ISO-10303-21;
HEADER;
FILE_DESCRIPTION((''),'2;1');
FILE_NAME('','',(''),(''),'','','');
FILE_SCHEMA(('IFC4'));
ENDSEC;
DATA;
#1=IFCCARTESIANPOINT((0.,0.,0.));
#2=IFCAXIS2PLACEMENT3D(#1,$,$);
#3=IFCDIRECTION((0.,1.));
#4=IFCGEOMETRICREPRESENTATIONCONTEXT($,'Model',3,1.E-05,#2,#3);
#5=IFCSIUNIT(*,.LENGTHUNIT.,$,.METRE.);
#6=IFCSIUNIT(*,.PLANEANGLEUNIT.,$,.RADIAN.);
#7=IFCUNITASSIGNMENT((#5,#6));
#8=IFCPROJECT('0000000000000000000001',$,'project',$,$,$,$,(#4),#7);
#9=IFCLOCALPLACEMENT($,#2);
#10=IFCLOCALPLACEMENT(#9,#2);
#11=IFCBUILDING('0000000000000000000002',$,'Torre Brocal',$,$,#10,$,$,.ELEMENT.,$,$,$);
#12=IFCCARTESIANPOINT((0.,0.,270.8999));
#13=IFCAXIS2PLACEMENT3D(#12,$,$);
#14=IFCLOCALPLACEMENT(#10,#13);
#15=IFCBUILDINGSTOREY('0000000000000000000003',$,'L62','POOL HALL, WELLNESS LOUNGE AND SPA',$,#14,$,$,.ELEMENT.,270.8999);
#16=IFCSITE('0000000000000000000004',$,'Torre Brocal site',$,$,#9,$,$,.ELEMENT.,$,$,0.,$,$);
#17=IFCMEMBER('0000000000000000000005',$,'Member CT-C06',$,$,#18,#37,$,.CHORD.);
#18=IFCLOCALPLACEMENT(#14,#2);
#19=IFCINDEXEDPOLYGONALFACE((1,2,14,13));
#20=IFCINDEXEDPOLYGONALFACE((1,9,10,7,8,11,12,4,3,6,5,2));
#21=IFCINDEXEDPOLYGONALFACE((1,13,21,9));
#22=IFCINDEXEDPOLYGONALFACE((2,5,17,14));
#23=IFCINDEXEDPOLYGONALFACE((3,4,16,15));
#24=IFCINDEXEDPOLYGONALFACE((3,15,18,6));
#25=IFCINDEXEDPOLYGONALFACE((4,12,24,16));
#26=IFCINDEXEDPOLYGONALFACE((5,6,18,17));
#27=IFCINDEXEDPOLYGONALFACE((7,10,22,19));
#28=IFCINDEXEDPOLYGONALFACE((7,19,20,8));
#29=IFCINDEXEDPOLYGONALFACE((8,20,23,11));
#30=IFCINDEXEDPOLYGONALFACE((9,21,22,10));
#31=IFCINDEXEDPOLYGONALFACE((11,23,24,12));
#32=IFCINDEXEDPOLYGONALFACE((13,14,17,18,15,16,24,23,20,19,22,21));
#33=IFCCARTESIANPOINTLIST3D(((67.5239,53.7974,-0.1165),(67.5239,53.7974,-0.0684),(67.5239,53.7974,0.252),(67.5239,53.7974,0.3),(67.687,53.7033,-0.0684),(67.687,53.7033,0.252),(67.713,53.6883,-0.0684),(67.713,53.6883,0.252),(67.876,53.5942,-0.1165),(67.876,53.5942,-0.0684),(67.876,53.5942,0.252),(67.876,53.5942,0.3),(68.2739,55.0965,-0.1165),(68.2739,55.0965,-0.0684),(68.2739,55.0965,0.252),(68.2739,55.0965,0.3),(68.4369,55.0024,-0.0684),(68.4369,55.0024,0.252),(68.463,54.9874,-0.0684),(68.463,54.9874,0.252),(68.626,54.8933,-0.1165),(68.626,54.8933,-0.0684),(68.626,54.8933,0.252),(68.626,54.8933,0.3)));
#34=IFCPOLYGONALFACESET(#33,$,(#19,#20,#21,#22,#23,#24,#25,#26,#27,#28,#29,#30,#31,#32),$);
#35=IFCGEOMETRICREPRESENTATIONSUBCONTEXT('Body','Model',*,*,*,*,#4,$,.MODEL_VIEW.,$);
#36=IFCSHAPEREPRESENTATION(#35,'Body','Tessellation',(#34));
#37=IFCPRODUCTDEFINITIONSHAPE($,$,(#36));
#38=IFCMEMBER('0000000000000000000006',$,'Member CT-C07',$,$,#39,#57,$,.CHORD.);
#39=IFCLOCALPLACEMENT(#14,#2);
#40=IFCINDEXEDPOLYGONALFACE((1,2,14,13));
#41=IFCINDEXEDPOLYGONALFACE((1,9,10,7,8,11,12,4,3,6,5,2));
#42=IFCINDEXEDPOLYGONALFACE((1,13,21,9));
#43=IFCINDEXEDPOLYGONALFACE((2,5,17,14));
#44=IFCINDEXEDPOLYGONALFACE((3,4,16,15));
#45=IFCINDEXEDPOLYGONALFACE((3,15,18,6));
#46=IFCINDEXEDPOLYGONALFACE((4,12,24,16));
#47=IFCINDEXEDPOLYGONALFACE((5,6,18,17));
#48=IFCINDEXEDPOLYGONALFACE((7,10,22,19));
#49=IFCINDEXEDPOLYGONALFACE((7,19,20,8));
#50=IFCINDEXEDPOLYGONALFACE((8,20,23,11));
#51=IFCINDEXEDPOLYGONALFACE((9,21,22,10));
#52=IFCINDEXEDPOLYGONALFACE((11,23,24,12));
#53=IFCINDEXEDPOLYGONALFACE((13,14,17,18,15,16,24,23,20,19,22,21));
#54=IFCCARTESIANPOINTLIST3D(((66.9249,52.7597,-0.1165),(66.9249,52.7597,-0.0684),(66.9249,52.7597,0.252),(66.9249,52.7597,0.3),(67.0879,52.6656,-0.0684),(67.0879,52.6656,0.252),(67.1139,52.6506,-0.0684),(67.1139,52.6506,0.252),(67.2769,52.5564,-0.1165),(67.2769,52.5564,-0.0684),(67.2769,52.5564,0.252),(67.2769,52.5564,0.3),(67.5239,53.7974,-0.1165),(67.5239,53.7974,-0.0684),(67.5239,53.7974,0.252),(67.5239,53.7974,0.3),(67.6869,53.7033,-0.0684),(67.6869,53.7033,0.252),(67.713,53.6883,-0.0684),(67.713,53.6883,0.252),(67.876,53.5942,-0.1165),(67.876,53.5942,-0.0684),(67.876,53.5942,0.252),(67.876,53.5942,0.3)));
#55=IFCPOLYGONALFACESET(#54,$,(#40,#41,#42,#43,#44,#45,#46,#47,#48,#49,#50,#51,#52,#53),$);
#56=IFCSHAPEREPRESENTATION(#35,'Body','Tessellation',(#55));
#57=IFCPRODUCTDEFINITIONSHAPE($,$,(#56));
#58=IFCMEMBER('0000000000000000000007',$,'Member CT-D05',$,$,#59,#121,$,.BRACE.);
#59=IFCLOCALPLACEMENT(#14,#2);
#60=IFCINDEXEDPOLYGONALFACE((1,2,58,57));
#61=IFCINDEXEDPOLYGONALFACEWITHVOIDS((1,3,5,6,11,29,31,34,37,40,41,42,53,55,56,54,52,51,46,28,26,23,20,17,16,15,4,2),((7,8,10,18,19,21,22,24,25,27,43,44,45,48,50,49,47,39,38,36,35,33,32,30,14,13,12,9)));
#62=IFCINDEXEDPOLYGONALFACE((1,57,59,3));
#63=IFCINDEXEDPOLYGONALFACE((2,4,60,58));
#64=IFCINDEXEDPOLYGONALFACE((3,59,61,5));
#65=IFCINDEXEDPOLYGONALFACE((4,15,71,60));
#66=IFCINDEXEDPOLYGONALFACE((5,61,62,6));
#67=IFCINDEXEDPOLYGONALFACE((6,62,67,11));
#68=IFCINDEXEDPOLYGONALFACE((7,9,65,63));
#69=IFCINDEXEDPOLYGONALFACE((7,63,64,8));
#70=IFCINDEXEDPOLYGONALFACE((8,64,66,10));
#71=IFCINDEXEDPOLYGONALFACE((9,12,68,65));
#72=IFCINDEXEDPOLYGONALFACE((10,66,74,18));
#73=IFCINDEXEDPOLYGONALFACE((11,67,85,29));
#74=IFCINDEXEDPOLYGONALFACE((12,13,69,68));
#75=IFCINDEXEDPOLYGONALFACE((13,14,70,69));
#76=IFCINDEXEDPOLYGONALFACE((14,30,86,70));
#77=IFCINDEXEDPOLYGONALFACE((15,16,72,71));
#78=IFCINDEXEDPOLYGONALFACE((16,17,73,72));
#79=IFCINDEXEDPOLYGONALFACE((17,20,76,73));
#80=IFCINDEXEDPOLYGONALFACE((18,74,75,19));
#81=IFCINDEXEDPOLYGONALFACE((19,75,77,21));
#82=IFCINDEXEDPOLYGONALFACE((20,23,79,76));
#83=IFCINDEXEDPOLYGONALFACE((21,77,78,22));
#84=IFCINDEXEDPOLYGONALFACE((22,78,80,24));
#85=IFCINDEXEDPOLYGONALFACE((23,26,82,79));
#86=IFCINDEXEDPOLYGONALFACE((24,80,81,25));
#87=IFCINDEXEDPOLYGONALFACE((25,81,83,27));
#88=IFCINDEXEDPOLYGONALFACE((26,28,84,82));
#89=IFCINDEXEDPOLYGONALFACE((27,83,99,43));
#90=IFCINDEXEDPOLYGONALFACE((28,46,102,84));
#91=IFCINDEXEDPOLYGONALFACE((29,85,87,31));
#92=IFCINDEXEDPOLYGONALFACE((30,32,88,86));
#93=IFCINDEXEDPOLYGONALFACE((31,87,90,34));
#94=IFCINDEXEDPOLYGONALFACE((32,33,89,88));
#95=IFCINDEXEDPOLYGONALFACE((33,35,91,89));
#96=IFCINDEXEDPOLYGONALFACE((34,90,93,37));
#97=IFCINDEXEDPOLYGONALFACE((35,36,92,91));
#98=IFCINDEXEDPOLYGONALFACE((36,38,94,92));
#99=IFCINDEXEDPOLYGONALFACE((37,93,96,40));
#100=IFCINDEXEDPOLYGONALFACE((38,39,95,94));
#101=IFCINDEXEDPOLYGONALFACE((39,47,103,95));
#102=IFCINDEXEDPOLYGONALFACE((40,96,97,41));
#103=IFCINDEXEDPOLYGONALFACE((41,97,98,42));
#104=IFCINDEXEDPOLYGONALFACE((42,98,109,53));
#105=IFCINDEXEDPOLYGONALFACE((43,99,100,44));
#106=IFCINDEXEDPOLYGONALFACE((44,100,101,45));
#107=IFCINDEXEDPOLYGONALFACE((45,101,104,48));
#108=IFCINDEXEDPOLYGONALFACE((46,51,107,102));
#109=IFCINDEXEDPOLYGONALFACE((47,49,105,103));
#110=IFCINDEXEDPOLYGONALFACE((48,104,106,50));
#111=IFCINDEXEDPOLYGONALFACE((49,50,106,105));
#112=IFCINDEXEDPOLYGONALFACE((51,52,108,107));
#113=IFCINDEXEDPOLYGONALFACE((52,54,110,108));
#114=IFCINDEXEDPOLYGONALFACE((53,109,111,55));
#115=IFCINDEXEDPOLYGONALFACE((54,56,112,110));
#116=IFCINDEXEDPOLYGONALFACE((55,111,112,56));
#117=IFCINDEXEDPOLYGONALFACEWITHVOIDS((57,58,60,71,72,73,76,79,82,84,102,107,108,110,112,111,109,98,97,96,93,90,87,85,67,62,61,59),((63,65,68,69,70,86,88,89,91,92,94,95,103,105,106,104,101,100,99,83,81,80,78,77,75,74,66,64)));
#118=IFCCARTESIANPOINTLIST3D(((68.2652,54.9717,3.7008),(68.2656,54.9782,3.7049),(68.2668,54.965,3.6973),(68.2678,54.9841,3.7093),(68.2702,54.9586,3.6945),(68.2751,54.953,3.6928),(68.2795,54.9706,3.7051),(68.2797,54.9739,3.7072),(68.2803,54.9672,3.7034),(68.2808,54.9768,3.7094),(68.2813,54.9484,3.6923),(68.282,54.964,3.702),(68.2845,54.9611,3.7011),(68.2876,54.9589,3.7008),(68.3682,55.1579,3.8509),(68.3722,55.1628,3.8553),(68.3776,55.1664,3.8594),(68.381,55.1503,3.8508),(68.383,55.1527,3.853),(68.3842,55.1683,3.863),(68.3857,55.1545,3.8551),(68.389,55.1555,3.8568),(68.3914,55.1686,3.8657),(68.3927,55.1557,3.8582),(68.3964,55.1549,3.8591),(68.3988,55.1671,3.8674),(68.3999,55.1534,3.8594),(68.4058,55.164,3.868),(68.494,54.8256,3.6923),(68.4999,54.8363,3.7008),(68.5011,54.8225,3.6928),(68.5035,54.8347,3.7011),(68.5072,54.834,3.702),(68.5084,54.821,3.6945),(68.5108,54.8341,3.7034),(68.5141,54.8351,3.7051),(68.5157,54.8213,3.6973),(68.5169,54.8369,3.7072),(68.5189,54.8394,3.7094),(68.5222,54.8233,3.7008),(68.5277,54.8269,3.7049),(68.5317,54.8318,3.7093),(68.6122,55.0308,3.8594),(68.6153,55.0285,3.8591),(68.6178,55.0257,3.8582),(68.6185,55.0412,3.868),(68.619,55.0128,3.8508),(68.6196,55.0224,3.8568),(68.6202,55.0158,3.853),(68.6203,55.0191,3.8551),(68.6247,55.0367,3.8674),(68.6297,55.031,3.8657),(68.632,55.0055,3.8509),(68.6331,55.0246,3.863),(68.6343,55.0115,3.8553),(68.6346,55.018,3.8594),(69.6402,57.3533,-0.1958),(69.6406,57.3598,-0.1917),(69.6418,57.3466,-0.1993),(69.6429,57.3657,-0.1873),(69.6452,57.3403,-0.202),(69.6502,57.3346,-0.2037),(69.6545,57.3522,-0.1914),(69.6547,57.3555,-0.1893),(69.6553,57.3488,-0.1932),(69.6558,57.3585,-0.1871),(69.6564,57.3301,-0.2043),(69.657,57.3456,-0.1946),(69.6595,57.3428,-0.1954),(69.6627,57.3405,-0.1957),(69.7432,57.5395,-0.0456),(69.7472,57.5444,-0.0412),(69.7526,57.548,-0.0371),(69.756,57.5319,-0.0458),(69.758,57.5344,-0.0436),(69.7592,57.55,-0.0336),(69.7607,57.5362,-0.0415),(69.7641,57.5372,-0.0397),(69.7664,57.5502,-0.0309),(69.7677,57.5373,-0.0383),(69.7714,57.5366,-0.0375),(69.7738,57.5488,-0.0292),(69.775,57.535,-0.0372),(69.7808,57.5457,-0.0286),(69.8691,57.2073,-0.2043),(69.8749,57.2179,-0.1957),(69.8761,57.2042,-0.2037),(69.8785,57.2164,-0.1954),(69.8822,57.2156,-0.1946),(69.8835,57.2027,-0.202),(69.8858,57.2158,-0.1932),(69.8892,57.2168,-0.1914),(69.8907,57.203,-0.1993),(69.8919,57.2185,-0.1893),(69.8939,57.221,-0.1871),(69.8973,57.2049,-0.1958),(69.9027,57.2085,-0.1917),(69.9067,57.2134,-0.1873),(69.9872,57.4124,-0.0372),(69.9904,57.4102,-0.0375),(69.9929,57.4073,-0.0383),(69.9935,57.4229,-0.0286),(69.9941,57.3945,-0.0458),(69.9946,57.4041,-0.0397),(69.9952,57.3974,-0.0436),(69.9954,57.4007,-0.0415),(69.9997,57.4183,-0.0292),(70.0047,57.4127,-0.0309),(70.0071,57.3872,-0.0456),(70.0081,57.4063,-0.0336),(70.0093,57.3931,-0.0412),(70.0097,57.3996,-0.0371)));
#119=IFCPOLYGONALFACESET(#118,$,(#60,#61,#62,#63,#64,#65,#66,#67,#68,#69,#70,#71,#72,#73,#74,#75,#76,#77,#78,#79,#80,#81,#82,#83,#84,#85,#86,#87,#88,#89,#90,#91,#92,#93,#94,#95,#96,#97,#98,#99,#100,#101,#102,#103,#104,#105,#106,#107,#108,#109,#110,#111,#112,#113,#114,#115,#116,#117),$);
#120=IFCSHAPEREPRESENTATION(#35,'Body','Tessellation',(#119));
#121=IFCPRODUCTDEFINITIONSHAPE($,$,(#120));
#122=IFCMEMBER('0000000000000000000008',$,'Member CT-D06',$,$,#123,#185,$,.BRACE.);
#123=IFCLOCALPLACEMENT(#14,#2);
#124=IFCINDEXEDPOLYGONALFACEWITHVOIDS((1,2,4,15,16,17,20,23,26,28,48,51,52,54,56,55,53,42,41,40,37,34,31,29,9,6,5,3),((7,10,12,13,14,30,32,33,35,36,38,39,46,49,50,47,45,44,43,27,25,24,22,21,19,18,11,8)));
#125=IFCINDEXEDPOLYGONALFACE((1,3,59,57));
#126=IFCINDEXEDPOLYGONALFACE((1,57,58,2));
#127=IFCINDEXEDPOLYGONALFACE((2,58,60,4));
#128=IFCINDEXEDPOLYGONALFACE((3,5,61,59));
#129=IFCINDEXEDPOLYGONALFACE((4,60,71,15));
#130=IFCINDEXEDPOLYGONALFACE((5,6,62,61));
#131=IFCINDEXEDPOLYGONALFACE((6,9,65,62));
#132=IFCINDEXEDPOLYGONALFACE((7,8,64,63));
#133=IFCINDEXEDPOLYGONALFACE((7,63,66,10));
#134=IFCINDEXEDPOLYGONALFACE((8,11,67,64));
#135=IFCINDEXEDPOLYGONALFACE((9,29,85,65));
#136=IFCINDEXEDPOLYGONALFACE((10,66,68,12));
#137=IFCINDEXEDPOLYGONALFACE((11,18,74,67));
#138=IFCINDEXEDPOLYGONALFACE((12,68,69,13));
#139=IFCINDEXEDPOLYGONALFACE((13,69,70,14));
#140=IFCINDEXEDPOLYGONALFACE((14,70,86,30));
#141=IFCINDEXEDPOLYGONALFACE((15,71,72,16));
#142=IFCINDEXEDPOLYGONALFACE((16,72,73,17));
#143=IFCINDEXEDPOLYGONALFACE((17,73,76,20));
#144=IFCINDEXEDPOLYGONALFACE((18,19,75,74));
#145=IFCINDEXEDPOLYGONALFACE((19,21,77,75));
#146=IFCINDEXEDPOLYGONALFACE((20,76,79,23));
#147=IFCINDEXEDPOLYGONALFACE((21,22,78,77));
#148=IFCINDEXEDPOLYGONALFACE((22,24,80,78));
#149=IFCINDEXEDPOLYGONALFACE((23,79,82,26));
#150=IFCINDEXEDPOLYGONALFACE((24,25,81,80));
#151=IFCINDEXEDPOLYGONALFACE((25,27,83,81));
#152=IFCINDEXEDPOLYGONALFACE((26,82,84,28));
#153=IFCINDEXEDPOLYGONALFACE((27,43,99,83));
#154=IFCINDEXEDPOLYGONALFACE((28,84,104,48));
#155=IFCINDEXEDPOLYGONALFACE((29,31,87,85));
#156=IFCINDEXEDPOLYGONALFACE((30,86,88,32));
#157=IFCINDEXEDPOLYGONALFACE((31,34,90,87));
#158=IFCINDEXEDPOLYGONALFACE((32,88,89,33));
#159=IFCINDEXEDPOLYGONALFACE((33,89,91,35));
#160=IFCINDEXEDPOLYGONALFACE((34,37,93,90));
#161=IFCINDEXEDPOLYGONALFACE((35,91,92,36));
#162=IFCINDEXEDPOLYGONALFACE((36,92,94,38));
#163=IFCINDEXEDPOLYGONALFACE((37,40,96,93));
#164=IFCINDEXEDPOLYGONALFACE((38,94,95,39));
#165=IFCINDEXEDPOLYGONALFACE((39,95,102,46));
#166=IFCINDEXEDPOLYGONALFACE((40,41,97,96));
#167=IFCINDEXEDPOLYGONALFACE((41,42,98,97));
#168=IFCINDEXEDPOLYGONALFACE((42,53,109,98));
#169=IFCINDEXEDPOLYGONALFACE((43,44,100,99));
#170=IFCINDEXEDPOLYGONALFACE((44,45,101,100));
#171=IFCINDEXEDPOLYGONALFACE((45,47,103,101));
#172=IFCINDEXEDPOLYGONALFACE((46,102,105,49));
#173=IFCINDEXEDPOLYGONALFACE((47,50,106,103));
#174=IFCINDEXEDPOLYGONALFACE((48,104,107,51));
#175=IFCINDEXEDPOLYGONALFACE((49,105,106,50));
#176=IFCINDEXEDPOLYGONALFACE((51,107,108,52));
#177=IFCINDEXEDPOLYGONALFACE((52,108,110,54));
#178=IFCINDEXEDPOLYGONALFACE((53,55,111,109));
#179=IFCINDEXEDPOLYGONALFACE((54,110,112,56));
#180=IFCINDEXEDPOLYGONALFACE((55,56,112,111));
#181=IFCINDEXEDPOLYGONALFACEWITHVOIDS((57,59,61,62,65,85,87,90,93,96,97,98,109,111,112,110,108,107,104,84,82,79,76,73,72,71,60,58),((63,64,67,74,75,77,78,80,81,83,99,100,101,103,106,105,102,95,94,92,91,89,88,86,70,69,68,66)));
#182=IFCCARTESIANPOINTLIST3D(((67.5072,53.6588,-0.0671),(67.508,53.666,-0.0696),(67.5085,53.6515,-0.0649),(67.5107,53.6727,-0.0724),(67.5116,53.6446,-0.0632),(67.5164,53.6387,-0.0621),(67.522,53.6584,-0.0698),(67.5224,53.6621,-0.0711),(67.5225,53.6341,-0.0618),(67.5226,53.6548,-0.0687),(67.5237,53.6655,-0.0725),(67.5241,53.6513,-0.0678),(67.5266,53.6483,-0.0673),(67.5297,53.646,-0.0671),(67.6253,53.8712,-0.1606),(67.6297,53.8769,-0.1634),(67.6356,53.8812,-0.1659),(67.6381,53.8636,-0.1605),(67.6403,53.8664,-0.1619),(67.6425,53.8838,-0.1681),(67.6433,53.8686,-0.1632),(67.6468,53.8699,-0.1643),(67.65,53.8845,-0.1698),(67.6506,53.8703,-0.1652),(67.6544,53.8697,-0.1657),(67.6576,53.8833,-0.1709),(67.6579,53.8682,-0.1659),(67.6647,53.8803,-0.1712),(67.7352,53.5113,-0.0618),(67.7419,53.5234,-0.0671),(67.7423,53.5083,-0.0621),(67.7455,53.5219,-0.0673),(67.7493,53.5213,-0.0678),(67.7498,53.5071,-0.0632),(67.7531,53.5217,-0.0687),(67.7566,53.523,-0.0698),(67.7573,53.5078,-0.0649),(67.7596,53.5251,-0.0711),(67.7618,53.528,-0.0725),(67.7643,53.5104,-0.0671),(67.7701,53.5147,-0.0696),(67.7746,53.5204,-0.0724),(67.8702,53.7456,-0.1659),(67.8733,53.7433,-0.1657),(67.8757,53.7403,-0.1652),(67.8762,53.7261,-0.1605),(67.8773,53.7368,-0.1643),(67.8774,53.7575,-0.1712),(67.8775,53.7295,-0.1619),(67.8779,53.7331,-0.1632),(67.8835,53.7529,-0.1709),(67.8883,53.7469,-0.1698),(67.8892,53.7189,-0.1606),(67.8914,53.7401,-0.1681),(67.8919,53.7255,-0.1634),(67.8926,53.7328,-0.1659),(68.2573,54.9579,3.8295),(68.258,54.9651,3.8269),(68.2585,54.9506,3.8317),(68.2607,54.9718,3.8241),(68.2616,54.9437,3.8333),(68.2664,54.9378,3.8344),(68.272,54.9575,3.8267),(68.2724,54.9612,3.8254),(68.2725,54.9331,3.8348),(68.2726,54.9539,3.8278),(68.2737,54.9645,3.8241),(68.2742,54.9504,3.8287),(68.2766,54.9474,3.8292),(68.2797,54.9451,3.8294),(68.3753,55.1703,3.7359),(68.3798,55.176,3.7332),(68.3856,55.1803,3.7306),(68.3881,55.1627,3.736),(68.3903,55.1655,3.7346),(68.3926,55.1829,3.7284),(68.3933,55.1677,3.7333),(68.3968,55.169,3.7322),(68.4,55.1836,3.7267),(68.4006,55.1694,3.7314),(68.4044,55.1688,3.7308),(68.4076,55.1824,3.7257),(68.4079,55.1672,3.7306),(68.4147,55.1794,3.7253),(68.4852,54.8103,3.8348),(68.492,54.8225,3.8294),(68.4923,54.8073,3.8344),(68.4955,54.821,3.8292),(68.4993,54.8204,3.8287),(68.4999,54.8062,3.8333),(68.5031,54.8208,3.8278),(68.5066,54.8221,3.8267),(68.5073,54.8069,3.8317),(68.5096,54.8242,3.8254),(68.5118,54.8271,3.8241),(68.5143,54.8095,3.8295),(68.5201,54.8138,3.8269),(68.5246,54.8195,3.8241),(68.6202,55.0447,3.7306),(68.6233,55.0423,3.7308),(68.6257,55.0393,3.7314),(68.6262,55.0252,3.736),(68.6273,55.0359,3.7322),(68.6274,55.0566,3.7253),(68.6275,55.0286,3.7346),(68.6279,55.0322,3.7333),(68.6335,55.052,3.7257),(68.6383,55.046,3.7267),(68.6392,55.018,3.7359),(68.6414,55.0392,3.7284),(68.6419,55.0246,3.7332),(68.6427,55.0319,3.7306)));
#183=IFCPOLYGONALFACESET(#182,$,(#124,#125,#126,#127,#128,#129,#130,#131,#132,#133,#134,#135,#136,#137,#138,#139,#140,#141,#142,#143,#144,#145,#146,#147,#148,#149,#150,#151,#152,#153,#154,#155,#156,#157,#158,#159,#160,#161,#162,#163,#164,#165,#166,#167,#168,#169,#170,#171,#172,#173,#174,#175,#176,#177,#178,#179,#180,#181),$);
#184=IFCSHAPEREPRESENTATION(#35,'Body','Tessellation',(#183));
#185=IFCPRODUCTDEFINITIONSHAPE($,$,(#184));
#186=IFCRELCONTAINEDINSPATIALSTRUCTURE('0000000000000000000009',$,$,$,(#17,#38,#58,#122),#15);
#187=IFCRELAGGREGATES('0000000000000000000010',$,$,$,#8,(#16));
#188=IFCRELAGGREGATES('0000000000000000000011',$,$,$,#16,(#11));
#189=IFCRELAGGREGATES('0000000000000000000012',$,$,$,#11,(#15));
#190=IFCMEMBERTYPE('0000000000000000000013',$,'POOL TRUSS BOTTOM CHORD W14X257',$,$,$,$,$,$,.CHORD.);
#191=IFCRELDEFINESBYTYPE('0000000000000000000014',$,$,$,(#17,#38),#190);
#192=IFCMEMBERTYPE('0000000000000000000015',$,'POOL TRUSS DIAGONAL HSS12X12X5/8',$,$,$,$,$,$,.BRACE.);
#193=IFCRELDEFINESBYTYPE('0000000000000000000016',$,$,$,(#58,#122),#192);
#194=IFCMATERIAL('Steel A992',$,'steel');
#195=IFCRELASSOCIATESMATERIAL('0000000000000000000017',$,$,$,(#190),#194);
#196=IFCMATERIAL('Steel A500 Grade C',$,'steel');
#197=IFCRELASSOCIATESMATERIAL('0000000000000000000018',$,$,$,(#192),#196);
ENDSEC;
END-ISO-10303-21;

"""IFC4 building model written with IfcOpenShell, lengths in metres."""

from ifc_helpers import new_model, si_unit, direction, frame, origin, origin_2d, place, context, subcontext, project, spatial, hollow_rectangle, i_section, extrude, material, material_profile, profile_set, type_object, element, save


model = new_model("IFC4")

# Units and contexts
model_context = context("Model", 3, precision=1e-05, world=origin(), true_north=direction((0.0, 1.0)))
body_context = subcontext(model_context, "Body", "Model", "MODEL_VIEW")
ifc_project = project(units=[si_unit("LENGTHUNIT", "METRE"), si_unit("PLANEANGLEUNIT", "RADIAN")], contexts=[model_context])

# Site, building, storey
site_placement = place(None, origin())
site = spatial("IfcSite", under=ifc_project, at=site_placement, Name="Torre Brocal site", CompositionType="ELEMENT", RefElevation=0.0)
building_placement = place(site_placement, origin())
building = spatial("IfcBuilding", under=site, at=building_placement, Name="Torre Brocal", CompositionType="ELEMENT")
storey_placement = place(building_placement, frame((0.0, 0.0, 270.8999)))
storey = spatial("IfcBuildingStorey", under=building, at=storey_placement, Name="L62", Description="POOL HALL, WELLNESS LOUNGE AND SPA", CompositionType="ELEMENT", Elevation=270.8999)

# Members
ifc_material_1 = material(Name="Steel A992", Category="steel")
ifc_material_profile_1 = material_profile(ifc_material_1, i_section(OverallWidth=0.4065, OverallDepth=0.4165, WebThickness=0.03, FlangeThickness=0.0481, at=origin_2d()), Name="W14X257")
ifc_profile_set_1 = profile_set([ifc_material_profile_1], Name="Steel A992")
member_type_1 = type_object("IfcMemberType", Name="POOL TRUSS BOTTOM CHORD W14X257", PredefinedType="CHORD", material=ifc_profile_set_1)
member_1_placement = place(storey_placement, frame((68.45, 54.9949, 0.0918), z_axis=(-0.49999, -0.866031, 0.0), x_axis=(0.866031, -0.49999, 0.0)))
element("IfcMember", 1, at=member_1_placement, inside=storey, type_object=member_type_1, Name="Member CT-C06", PredefinedType="CHORD", context=body_context, shape_type="SweptSolid", body=[
    extrude(i_section(OverallWidth=0.4065, OverallDepth=0.4165, WebThickness=0.03, FlangeThickness=0.0481, at=origin_2d()), origin(), (0.0, 0.0, 1.0), 1.5),
])
member_2_placement = place(storey_placement, frame((67.7, 53.6958, 0.0918), z_axis=(-0.499952, -0.866053, 0.0), x_axis=(0.866053, -0.499952, 0.0)))
element("IfcMember", 2, at=member_2_placement, inside=storey, type_object=member_type_1, Name="Member CT-C07", PredefinedType="CHORD", context=body_context, shape_type="SweptSolid", body=[
    extrude(i_section(OverallWidth=0.4065, OverallDepth=0.4165, WebThickness=0.03, FlangeThickness=0.0481, at=origin_2d()), origin(), (0.0, 0.0, 1.0), 1.1982),
])
ifc_material_2 = material(Name="Steel A500 Grade C", Category="steel")
ifc_material_profile_2 = material_profile(ifc_material_2, hollow_rectangle(XDim=0.3047, YDim=0.3047, WallThickness=0.0149, InnerFilletRadius=0.0149, OuterFilletRadius=0.0295, at=origin_2d()), Name="HSS12X12X5/8")
ifc_profile_set_2 = profile_set([ifc_material_profile_2], Name="Steel A500 Grade C")
member_type_2 = type_object("IfcMemberType", Name="POOL TRUSS DIAGONAL HSS12X12X5/8", PredefinedType="BRACE", material=ifc_profile_set_2)
member_3_placement = place(storey_placement, frame((69.825, 57.3765, -0.1165), z_axis=(-0.288309, -0.49937, 0.817011), x_axis=(0.866027, -0.499997, 0.0)))
element("IfcMember", 3, at=member_3_placement, inside=storey, type_object=member_type_2, Name="Member CT-D05", PredefinedType="BRACE", context=body_context, shape_type="SweptSolid", body=[
    extrude(hollow_rectangle(XDim=0.3047, YDim=0.3047, WallThickness=0.0149, InnerFilletRadius=0.0149, OuterFilletRadius=0.0295, at=origin_2d()), origin(), (0.0, 0.0, 1.0), 4.7693),
])
member_4_placement = place(storey_placement, frame((68.45, 54.9949, 3.78), z_axis=(-0.17963, -0.311137, -0.933235), x_axis=(0.866031, -0.49999, 0.0)))
element("IfcMember", 4, at=member_4_placement, inside=storey, type_object=member_type_2, Name="Member CT-D06", PredefinedType="BRACE", context=body_context, shape_type="SweptSolid", body=[
    extrude(hollow_rectangle(XDim=0.3047, YDim=0.3047, WallThickness=0.0149, InnerFilletRadius=0.0149, OuterFilletRadius=0.0295, at=origin_2d()), origin(), (0.0, 0.0, 1.0), 4.1753),
])

save(model, "model.ifc")
